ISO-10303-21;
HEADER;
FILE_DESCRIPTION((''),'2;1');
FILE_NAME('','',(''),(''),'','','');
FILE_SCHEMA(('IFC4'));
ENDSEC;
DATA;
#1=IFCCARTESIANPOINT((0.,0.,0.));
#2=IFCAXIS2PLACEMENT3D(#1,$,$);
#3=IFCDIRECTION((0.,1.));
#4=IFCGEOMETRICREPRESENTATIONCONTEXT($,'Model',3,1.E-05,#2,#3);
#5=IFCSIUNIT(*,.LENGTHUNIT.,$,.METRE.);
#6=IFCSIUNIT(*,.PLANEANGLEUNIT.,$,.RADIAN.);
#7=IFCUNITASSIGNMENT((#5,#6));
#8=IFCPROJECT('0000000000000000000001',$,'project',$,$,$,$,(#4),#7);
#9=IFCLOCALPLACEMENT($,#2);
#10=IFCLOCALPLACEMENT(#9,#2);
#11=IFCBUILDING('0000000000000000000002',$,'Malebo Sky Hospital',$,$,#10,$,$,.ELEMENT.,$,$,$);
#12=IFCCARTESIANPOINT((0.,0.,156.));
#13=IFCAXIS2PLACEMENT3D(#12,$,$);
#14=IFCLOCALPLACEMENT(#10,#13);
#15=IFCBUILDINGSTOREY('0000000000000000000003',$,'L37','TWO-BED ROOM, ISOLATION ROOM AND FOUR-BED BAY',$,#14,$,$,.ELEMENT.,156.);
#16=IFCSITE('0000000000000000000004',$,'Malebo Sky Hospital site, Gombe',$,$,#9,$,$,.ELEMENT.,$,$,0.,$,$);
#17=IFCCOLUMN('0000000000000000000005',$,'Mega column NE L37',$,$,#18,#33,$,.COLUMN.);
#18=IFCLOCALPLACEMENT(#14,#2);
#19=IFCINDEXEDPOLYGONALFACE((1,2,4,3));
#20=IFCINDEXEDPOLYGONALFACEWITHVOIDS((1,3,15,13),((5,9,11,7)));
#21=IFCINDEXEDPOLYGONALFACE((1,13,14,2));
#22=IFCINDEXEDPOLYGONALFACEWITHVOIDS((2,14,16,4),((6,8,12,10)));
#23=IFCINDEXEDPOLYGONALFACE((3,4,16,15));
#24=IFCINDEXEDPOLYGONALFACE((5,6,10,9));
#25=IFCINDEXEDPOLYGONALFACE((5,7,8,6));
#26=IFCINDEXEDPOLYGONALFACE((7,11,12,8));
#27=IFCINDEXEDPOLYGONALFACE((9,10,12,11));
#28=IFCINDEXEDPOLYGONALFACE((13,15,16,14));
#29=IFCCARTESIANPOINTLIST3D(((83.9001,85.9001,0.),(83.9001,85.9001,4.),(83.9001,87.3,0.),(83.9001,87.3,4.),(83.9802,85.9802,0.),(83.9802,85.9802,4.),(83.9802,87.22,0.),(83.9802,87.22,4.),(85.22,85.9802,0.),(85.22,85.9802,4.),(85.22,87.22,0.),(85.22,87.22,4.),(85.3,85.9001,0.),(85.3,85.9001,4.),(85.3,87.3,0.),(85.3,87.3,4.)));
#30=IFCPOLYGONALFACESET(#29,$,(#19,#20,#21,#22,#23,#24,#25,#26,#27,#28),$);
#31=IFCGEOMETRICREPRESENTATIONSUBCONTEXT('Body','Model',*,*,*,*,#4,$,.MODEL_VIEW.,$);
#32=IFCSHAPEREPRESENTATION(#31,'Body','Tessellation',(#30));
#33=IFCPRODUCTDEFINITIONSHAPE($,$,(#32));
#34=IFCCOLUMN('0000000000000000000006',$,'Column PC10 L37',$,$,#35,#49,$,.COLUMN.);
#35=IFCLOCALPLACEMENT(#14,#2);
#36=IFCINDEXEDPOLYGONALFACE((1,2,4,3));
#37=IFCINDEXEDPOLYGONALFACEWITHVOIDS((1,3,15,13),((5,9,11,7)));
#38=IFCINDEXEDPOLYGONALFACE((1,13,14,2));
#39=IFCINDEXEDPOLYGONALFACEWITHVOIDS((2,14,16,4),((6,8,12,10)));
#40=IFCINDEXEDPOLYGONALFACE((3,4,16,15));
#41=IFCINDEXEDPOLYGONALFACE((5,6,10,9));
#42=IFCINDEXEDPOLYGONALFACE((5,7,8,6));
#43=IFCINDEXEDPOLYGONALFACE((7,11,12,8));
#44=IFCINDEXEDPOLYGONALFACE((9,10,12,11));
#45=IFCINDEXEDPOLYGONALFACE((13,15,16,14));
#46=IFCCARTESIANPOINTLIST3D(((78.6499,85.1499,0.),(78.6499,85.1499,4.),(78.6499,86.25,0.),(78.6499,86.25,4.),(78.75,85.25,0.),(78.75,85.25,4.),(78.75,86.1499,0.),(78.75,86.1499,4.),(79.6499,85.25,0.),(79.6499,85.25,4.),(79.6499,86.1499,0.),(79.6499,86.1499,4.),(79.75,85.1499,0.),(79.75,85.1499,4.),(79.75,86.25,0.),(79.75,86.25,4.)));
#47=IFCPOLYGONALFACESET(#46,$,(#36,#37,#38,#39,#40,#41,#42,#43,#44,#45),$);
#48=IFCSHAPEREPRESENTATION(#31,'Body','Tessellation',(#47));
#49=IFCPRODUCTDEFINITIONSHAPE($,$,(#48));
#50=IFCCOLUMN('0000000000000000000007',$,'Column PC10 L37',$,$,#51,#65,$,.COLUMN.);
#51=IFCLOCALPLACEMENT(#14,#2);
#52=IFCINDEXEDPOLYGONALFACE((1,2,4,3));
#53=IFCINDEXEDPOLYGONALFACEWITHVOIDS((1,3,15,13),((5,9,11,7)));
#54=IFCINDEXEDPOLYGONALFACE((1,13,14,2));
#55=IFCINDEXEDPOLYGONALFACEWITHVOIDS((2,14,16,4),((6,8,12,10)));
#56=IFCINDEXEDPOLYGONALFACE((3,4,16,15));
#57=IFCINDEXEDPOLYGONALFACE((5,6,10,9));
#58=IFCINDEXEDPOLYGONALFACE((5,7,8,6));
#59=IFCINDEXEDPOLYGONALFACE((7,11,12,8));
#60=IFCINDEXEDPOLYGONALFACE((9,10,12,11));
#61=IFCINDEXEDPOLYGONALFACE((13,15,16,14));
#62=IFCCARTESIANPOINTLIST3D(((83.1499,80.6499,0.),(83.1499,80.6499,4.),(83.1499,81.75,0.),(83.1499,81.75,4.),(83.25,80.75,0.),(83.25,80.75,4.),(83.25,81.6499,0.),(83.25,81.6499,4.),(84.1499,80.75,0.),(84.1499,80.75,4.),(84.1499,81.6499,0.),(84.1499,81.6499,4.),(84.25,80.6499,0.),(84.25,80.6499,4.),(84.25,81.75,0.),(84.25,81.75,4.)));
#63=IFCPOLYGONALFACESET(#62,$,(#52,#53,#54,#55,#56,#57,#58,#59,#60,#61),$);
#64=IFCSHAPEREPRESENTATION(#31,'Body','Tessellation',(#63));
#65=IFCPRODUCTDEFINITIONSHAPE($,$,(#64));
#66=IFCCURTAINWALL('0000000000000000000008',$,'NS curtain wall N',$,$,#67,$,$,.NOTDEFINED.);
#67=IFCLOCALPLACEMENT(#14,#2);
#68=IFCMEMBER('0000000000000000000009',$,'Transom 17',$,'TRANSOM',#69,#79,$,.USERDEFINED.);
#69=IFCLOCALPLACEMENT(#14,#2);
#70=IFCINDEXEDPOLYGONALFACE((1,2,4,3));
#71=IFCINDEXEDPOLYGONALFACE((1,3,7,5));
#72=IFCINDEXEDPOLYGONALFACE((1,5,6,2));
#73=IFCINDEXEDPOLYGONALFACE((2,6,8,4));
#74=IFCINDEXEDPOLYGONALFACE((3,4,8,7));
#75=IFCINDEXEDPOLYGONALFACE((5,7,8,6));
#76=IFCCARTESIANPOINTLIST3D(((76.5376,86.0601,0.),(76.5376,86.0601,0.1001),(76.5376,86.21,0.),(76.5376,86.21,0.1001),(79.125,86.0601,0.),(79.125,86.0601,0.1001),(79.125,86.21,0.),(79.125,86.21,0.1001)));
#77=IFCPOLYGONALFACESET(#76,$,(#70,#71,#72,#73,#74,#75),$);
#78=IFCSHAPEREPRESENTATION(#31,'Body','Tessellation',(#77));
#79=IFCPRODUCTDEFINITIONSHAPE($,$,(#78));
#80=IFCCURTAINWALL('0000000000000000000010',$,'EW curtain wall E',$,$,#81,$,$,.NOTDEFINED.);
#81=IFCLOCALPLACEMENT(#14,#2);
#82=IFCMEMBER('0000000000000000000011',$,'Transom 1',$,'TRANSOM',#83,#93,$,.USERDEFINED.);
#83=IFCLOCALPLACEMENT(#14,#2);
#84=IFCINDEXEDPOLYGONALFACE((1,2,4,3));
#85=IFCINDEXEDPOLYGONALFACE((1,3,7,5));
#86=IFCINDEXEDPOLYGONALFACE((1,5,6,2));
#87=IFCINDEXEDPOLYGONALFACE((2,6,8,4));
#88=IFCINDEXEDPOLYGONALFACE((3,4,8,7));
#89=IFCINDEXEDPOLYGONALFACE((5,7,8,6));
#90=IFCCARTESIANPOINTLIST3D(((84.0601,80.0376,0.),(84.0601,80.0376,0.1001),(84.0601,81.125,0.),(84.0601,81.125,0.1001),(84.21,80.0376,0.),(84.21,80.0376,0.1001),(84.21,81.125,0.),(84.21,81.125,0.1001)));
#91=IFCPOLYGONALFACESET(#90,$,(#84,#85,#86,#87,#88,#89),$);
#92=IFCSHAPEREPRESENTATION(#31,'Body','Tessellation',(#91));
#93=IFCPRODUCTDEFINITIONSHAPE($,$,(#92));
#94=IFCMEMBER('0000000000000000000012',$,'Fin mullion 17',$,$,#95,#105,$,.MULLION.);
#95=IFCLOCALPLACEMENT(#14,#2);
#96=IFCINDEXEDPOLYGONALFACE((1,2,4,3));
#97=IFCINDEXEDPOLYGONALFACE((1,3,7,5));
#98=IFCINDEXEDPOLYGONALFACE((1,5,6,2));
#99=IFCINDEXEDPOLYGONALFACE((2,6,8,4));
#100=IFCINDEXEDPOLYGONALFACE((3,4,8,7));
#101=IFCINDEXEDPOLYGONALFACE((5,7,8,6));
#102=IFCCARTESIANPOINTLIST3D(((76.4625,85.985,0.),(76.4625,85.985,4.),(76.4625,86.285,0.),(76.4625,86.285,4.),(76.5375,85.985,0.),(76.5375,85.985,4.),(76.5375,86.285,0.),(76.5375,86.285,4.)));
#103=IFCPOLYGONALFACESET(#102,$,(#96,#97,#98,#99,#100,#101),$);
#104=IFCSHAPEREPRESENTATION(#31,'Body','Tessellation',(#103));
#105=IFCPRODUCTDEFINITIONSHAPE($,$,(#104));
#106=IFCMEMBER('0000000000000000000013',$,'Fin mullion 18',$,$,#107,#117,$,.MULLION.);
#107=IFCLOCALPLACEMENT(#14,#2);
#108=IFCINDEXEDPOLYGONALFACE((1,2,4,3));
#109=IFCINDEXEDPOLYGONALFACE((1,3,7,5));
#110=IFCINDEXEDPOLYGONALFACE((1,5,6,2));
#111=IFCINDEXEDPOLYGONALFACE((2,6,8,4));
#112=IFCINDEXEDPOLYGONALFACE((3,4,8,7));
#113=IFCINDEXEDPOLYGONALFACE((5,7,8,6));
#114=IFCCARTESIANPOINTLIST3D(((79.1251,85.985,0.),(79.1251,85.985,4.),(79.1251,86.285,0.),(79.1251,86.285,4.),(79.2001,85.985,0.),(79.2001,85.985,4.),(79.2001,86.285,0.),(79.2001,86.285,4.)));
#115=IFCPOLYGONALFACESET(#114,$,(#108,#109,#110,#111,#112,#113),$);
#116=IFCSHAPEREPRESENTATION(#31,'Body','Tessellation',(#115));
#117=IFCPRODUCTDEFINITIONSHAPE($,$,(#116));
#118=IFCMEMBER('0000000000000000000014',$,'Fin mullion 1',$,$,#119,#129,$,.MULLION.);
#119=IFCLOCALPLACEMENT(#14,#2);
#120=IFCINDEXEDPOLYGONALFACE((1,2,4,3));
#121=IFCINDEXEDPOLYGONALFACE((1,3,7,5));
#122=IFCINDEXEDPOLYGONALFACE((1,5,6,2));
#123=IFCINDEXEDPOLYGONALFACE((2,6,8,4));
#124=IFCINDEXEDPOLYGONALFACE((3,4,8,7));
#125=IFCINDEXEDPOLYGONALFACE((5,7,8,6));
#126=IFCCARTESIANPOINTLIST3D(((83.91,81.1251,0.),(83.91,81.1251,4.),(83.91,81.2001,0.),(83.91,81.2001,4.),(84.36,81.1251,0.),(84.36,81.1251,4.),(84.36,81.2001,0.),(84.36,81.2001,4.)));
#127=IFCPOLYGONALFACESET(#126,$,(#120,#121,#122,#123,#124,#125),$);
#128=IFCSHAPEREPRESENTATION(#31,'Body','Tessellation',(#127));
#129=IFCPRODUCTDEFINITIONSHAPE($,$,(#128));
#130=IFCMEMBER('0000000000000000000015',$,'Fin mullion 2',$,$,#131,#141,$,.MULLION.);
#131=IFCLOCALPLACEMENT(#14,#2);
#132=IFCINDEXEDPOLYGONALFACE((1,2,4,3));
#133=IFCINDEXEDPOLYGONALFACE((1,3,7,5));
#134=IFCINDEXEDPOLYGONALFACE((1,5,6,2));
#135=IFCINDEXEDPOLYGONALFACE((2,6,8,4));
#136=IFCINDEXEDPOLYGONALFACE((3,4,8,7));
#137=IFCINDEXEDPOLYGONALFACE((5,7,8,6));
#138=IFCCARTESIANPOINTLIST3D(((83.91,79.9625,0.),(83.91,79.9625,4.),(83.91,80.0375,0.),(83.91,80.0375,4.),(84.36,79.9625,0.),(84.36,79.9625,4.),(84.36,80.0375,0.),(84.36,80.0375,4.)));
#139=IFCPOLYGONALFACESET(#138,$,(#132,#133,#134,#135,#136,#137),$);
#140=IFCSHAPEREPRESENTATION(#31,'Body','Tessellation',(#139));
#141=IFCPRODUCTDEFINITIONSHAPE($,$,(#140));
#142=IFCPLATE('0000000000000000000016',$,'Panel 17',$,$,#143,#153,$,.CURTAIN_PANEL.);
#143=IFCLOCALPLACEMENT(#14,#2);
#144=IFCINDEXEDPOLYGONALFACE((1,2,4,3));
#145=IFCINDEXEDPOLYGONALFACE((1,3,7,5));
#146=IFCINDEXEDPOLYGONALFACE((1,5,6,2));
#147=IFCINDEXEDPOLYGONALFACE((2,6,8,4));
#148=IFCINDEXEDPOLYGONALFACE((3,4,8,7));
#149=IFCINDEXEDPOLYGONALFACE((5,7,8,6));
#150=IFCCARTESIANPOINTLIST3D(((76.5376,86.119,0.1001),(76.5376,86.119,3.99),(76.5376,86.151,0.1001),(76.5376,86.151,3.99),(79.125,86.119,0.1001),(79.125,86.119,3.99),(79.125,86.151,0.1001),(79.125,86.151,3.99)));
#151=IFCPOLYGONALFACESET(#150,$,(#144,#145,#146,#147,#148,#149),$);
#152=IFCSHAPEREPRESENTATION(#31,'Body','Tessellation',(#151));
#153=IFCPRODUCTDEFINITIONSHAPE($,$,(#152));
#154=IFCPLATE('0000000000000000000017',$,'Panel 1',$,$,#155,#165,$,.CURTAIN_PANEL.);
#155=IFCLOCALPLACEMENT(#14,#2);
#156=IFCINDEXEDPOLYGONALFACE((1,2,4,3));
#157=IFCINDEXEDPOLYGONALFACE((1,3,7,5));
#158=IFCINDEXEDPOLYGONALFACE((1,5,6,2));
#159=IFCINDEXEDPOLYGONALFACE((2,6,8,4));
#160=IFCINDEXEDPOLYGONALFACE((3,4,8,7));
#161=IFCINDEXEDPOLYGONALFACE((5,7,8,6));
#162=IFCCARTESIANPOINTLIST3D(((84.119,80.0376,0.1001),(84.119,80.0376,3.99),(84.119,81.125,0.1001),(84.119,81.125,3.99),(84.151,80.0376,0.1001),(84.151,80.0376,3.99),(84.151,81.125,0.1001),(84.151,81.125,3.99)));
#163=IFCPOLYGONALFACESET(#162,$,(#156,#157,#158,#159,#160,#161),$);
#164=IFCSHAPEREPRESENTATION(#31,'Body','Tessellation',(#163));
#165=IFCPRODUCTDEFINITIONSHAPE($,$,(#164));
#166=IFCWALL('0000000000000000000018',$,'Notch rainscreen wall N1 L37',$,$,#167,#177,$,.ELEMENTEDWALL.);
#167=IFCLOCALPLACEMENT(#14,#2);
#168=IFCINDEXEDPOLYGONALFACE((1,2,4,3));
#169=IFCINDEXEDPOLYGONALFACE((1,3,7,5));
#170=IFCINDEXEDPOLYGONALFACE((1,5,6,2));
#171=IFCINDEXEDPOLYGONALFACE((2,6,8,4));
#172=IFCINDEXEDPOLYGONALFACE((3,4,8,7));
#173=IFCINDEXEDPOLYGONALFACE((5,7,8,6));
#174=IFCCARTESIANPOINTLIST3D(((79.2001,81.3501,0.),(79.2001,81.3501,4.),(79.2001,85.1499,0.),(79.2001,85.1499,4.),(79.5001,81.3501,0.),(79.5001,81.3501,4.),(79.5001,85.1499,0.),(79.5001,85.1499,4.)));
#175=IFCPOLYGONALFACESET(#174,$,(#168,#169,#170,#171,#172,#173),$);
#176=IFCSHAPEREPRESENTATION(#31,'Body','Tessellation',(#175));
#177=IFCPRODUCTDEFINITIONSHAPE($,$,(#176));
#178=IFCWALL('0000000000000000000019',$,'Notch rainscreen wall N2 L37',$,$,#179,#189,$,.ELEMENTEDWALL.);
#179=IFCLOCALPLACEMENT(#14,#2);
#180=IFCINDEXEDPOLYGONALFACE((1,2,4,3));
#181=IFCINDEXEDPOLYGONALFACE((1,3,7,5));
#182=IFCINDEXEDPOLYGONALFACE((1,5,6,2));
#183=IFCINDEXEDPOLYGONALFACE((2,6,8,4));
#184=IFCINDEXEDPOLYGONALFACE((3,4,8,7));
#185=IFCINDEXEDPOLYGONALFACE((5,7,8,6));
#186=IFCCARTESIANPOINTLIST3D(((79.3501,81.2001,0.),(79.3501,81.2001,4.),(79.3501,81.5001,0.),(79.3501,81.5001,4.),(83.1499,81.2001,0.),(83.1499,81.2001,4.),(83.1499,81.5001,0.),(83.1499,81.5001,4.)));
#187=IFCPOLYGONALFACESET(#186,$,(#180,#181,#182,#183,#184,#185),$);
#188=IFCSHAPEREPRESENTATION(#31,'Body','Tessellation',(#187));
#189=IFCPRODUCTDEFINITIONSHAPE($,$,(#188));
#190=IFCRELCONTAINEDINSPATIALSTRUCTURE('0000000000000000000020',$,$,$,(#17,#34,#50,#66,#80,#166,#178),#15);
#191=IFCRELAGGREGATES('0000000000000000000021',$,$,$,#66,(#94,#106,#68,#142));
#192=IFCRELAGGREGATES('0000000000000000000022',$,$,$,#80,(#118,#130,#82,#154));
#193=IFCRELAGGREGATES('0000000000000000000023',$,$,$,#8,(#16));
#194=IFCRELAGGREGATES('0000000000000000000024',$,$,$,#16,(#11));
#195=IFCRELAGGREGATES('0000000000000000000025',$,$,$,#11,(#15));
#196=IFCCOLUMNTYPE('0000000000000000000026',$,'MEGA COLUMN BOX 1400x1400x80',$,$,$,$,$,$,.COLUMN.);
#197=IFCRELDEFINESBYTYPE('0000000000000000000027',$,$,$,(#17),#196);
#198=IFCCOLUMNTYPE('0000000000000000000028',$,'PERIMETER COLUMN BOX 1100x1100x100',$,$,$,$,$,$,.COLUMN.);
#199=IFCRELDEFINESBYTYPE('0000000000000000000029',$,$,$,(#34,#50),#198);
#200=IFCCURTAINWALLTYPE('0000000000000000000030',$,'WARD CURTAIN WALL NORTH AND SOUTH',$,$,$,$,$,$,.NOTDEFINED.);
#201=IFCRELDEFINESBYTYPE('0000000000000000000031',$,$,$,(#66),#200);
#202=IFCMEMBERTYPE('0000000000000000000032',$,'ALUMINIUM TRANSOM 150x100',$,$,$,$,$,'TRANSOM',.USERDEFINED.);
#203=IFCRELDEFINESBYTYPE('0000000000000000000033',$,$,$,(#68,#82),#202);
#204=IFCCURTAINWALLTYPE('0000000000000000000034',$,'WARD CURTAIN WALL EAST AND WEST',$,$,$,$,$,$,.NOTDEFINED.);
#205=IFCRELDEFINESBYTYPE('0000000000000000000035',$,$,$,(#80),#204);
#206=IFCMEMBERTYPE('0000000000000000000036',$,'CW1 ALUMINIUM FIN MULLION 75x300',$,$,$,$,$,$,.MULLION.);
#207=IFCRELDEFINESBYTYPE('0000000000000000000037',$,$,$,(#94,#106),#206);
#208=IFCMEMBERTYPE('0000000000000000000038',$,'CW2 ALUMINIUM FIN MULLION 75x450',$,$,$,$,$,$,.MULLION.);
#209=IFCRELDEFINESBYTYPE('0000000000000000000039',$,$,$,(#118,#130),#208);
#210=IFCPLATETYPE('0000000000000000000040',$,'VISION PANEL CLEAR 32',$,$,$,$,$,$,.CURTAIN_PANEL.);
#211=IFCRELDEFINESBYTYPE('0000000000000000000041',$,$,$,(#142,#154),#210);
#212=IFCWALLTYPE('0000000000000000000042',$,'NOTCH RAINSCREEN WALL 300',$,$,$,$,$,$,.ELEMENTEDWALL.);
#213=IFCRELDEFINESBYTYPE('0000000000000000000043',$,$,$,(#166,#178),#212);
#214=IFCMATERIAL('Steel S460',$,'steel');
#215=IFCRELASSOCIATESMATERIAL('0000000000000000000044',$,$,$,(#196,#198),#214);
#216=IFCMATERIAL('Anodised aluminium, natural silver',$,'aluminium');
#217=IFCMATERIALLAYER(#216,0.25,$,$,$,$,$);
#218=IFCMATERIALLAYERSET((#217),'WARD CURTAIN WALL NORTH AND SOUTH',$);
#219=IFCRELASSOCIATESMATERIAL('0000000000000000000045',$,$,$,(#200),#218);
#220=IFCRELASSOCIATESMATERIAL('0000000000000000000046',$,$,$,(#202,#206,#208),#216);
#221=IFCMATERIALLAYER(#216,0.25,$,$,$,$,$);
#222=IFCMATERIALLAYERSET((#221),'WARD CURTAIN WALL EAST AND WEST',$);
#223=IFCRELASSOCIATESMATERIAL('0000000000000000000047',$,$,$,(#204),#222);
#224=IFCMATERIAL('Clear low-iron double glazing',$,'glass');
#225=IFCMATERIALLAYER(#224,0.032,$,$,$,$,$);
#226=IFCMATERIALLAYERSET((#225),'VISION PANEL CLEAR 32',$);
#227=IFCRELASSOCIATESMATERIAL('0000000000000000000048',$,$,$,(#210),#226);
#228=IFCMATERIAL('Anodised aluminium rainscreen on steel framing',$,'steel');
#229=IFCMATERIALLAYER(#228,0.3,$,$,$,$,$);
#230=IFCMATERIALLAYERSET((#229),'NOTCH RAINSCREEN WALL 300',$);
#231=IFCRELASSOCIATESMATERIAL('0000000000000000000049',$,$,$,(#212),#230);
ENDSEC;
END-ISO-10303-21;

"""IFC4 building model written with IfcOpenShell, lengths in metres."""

from ifc_helpers import new_model, si_unit, direction, frame, frame_2d, origin, origin_2d, place, context, subcontext, project, spatial, rectangle, hollow_rectangle, extrude, material, layer, layer_set, material_profile, profile_set, type_object, element, aggregate, save


model = new_model("IFC4")

# Units and contexts
model_context = context("Model", 3, precision=1e-05, world=origin(), true_north=direction((0.0, 1.0)))
body_context = subcontext(model_context, "Body", "Model", "MODEL_VIEW")
ifc_project = project(units=[si_unit("LENGTHUNIT", "METRE"), si_unit("PLANEANGLEUNIT", "RADIAN")], contexts=[model_context])

# Site, building, storey
site_placement = place(None, origin())
site = spatial("IfcSite", under=ifc_project, at=site_placement, Name="Malebo Sky Hospital site, Gombe", CompositionType="ELEMENT", RefElevation=0.0)
building_placement = place(site_placement, origin())
building = spatial("IfcBuilding", under=site, at=building_placement, Name="Malebo Sky Hospital", CompositionType="ELEMENT")
storey_placement = place(building_placement, frame((0.0, 0.0, 156.0)))
storey = spatial("IfcBuildingStorey", under=building, at=storey_placement, Name="L37", Description="TWO-BED ROOM, ISOLATION ROOM AND FOUR-BED BAY", CompositionType="ELEMENT", Elevation=156.0)

# Columns
ifc_material_1 = material(Name="Steel S460", Category="steel")
ifc_material_profile_1 = material_profile(ifc_material_1, hollow_rectangle(XDim=1.3999, YDim=1.3999, WallThickness=0.0801, at=origin_2d()), Name="BOX 1400x1400x80")
ifc_profile_set_1 = profile_set([ifc_material_profile_1], Name="Steel S460")
column_type_1 = type_object("IfcColumnType", Name="MEGA COLUMN BOX 1400x1400x80", PredefinedType="COLUMN", material=ifc_profile_set_1)
column_placement = place(storey_placement, frame((84.6001, 86.6001, 0.0), z_axis=(0.0, 0.0, 1.0), x_axis=(1.0, 0.0, 0.0)))
element("IfcColumn", 1, at=column_placement, inside=storey, type_object=column_type_1, Name="Mega column NE L37", PredefinedType="COLUMN", context=body_context, shape_type="SweptSolid", body=[
    extrude(hollow_rectangle(XDim=1.3999, YDim=1.3999, WallThickness=0.0801, at=origin_2d()), origin(), (0.0, 0.0, 1.0), 4.0),
])
ifc_material_profile_2 = material_profile(ifc_material_1, hollow_rectangle(XDim=1.1001, YDim=1.1001, WallThickness=0.1001, at=origin_2d()), Name="BOX 1100x1100x100")
ifc_profile_set_2 = profile_set([ifc_material_profile_2], Name="Steel S460")
column_type_2 = type_object("IfcColumnType", Name="PERIMETER COLUMN BOX 1100x1100x100", PredefinedType="COLUMN", material=ifc_profile_set_2)
for number, where, z_axis, x_axis, name in (
    (2, (79.2, 85.7, 0.0), (0.0, 0.0, 1.0), (1.0, 0.0, 0.0), "Column PC10 L37"),
    (3, (83.7, 81.2, 0.0), (0.0, 0.0, 1.0), (1.0, 0.0, 0.0), "Column PC10 L37"),
):
    element("IfcColumn", number, at=place(storey_placement, frame(where, z_axis=z_axis, x_axis=x_axis)), inside=storey, type_object=column_type_2, Name=name, PredefinedType="COLUMN", context=body_context, shape_type="SweptSolid", body=[
        extrude(hollow_rectangle(XDim=1.1001, YDim=1.1001, WallThickness=0.1001, at=origin_2d()), origin(), (0.0, 0.0, 1.0), 4.0),
    ])

# Curtain walls, members
ifc_material_2 = material(Name="Anodised aluminium, natural silver", Category="aluminium")
ifc_layer_1 = layer(ifc_material_2, 0.25)
ifc_layer_set_1 = layer_set([ifc_layer_1], Name="WARD CURTAIN WALL NORTH AND SOUTH")
curtain_wall_type_1 = type_object("IfcCurtainWallType", Name="WARD CURTAIN WALL NORTH AND SOUTH", PredefinedType="NOTDEFINED", material=ifc_layer_set_1)
curtain_wall_1_placement = place(storey_placement, origin())
curtain_wall_1 = element("IfcCurtainWall", 4, at=curtain_wall_1_placement, inside=storey, type_object=curtain_wall_type_1, Name="NS curtain wall N", PredefinedType="NOTDEFINED")
ifc_material_profile_3 = material_profile(ifc_material_2, rectangle(XDim=0.1499, YDim=0.1001, at=origin_2d()), Name="ALUMINIUM TRANSOM 150x100")
ifc_profile_set_3 = profile_set([ifc_material_profile_3], Name="Anodised aluminium, natural silver")
member_type_1 = type_object("IfcMemberType", Name="ALUMINIUM TRANSOM 150x100", ElementType="TRANSOM", PredefinedType="USERDEFINED", material=ifc_profile_set_3)
member_1_placement = place(storey_placement, frame((76.5376, 86.135, 0.05), z_axis=(1.0, 0.0, 0.0), x_axis=(0.0, 1.0, 0.0)))
member_1 = element("IfcMember", 5, at=member_1_placement, type_object=member_type_1, Name="Transom 17", ObjectType="TRANSOM", PredefinedType="USERDEFINED", context=body_context, shape_type="SweptSolid", body=[
    extrude(rectangle(XDim=0.1499, YDim=0.1001, at=origin_2d()), origin(), (0.0, 0.0, 1.0), 2.5874),
])
ifc_layer_2 = layer(ifc_material_2, 0.25)
ifc_layer_set_2 = layer_set([ifc_layer_2], Name="WARD CURTAIN WALL EAST AND WEST")
curtain_wall_type_2 = type_object("IfcCurtainWallType", Name="WARD CURTAIN WALL EAST AND WEST", PredefinedType="NOTDEFINED", material=ifc_layer_set_2)
curtain_wall_2_placement = place(storey_placement, origin())
curtain_wall_2 = element("IfcCurtainWall", 6, at=curtain_wall_2_placement, inside=storey, type_object=curtain_wall_type_2, Name="EW curtain wall E", PredefinedType="NOTDEFINED")
member_2_placement = place(storey_placement, frame((84.135, 81.125, 0.05), z_axis=(0.0, -1.0, 0.0), x_axis=(1.0, 0.0, 0.0)))
member_2 = element("IfcMember", 7, at=member_2_placement, type_object=member_type_1, Name="Transom 1", ObjectType="TRANSOM", PredefinedType="USERDEFINED", context=body_context, shape_type="SweptSolid", body=[
    extrude(rectangle(XDim=0.1499, YDim=0.1001, at=origin_2d()), origin(), (0.0, 0.0, 1.0), 1.0874),
])

# Members
ifc_material_profile_4 = material_profile(ifc_material_2, rectangle(XDim=0.075, YDim=0.3, at=origin_2d()), Name="CW1 ALUMINIUM FIN MULLION 75x300")
ifc_profile_set_4 = profile_set([ifc_material_profile_4], Name="Anodised aluminium, natural silver")
member_type_2 = type_object("IfcMemberType", Name="CW1 ALUMINIUM FIN MULLION 75x300", PredefinedType="MULLION", material=ifc_profile_set_4)
member_3_placement = place(storey_placement, frame((76.5, 86.135, 0.0), z_axis=(0.0, 0.0, 1.0), x_axis=(1.0, 0.0, 0.0)))
member_3 = element("IfcMember", 8, at=member_3_placement, type_object=member_type_2, Name="Fin mullion 17", PredefinedType="MULLION", context=body_context, shape_type="SweptSolid", body=[
    extrude(rectangle(XDim=0.075, YDim=0.3, at=origin_2d()), origin(), (0.0, 0.0, 1.0), 4.0),
])
member_4_placement = place(storey_placement, frame((79.1626, 86.135, 0.0), z_axis=(0.0, 0.0, 1.0), x_axis=(1.0, 0.0, 0.0)))
member_4 = element("IfcMember", 9, at=member_4_placement, type_object=member_type_2, Name="Fin mullion 18", PredefinedType="MULLION", context=body_context, shape_type="SweptSolid", body=[
    extrude(rectangle(XDim=0.075, YDim=0.3, at=origin_2d()), origin(), (0.0, 0.0, 1.0), 4.0),
])
ifc_material_profile_5 = material_profile(ifc_material_2, rectangle(XDim=0.075, YDim=0.45, at=origin_2d()), Name="CW2 ALUMINIUM FIN MULLION 75x450")
ifc_profile_set_5 = profile_set([ifc_material_profile_5], Name="Anodised aluminium, natural silver")
member_type_3 = type_object("IfcMemberType", Name="CW2 ALUMINIUM FIN MULLION 75x450", PredefinedType="MULLION", material=ifc_profile_set_5)
member_5_placement = place(storey_placement, frame((84.135, 81.1626, 0.0), z_axis=(0.0, 0.0, 1.0), x_axis=(0.0, -1.0, 0.0)))
member_5 = element("IfcMember", 10, at=member_5_placement, type_object=member_type_3, Name="Fin mullion 1", PredefinedType="MULLION", context=body_context, shape_type="SweptSolid", body=[
    extrude(rectangle(XDim=0.075, YDim=0.45, at=origin_2d()), origin(), (0.0, 0.0, 1.0), 4.0),
])
member_6_placement = place(storey_placement, frame((84.135, 80.0, 0.0), z_axis=(0.0, 0.0, 1.0), x_axis=(0.0, -1.0, 0.0)))
member_6 = element("IfcMember", 11, at=member_6_placement, type_object=member_type_3, Name="Fin mullion 2", PredefinedType="MULLION", context=body_context, shape_type="SweptSolid", body=[
    extrude(rectangle(XDim=0.075, YDim=0.45, at=origin_2d()), origin(), (0.0, 0.0, 1.0), 4.0),
])

# Plates
ifc_material_3 = material(Name="Clear low-iron double glazing", Category="glass")
ifc_layer_3 = layer(ifc_material_3, 0.032)
ifc_layer_set_3 = layer_set([ifc_layer_3], Name="VISION PANEL CLEAR 32")
plate_type = type_object("IfcPlateType", Name="VISION PANEL CLEAR 32", PredefinedType="CURTAIN_PANEL", material=ifc_layer_set_3)
plate_1_placement = place(storey_placement, frame((77.8313, 86.135, 0.1001), z_axis=(0.0, 0.0, 1.0), x_axis=(1.0, 0.0, 0.0)))
plate_1 = element("IfcPlate", 12, at=plate_1_placement, type_object=plate_type, Name="Panel 17", PredefinedType="CURTAIN_PANEL", context=body_context, shape_type="SweptSolid", body=[
    extrude(rectangle(XDim=2.5874, YDim=0.032, at=origin_2d()), origin(), (0.0, 0.0, 1.0), 3.8899),
])
aggregate(curtain_wall_1, [member_3, member_4, member_1, plate_1])
plate_2_placement = place(storey_placement, frame((84.135, 80.5813, 0.1001), z_axis=(0.0, 0.0, 1.0), x_axis=(0.0, -1.0, 0.0)))
plate_2 = element("IfcPlate", 13, at=plate_2_placement, type_object=plate_type, Name="Panel 1", PredefinedType="CURTAIN_PANEL", context=body_context, shape_type="SweptSolid", body=[
    extrude(rectangle(XDim=1.0874, YDim=0.032, at=origin_2d()), origin(), (0.0, 0.0, 1.0), 3.8899),
])
aggregate(curtain_wall_2, [member_5, member_6, member_2, plate_2])

# Walls
ifc_material_4 = material(Name="Anodised aluminium rainscreen on steel framing", Category="steel")
ifc_layer_4 = layer(ifc_material_4, 0.3)
ifc_layer_set_4 = layer_set([ifc_layer_4], Name="NOTCH RAINSCREEN WALL 300")
wall_type_1 = type_object("IfcWallType", Name="NOTCH RAINSCREEN WALL 300", PredefinedType="ELEMENTEDWALL", material=ifc_layer_set_4)
for number, where, z_axis, x_axis, name in (
    (14, (79.3501, 85.1499, 0.0), (0.0, 0.0, 1.0), (0.0, -1.0, 0.0), "Notch rainscreen wall N1 L37"),
    (15, (79.3501, 81.3501, 0.0), (0.0, 0.0, 1.0), (1.0, 0.0, 0.0), "Notch rainscreen wall N2 L37"),
):
    element("IfcWall", number, at=place(storey_placement, frame(where, z_axis=z_axis, x_axis=x_axis)), inside=storey, type_object=wall_type_1, Name=name, PredefinedType="ELEMENTEDWALL", context=body_context, shape_type="SweptSolid", body=[
        extrude(rectangle(XDim=3.7998, YDim=0.3, at=frame_2d((1.8999, 0.0))), origin(), (0.0, 0.0, 1.0), 4.0),
    ])

save(model, "model.ifc")
